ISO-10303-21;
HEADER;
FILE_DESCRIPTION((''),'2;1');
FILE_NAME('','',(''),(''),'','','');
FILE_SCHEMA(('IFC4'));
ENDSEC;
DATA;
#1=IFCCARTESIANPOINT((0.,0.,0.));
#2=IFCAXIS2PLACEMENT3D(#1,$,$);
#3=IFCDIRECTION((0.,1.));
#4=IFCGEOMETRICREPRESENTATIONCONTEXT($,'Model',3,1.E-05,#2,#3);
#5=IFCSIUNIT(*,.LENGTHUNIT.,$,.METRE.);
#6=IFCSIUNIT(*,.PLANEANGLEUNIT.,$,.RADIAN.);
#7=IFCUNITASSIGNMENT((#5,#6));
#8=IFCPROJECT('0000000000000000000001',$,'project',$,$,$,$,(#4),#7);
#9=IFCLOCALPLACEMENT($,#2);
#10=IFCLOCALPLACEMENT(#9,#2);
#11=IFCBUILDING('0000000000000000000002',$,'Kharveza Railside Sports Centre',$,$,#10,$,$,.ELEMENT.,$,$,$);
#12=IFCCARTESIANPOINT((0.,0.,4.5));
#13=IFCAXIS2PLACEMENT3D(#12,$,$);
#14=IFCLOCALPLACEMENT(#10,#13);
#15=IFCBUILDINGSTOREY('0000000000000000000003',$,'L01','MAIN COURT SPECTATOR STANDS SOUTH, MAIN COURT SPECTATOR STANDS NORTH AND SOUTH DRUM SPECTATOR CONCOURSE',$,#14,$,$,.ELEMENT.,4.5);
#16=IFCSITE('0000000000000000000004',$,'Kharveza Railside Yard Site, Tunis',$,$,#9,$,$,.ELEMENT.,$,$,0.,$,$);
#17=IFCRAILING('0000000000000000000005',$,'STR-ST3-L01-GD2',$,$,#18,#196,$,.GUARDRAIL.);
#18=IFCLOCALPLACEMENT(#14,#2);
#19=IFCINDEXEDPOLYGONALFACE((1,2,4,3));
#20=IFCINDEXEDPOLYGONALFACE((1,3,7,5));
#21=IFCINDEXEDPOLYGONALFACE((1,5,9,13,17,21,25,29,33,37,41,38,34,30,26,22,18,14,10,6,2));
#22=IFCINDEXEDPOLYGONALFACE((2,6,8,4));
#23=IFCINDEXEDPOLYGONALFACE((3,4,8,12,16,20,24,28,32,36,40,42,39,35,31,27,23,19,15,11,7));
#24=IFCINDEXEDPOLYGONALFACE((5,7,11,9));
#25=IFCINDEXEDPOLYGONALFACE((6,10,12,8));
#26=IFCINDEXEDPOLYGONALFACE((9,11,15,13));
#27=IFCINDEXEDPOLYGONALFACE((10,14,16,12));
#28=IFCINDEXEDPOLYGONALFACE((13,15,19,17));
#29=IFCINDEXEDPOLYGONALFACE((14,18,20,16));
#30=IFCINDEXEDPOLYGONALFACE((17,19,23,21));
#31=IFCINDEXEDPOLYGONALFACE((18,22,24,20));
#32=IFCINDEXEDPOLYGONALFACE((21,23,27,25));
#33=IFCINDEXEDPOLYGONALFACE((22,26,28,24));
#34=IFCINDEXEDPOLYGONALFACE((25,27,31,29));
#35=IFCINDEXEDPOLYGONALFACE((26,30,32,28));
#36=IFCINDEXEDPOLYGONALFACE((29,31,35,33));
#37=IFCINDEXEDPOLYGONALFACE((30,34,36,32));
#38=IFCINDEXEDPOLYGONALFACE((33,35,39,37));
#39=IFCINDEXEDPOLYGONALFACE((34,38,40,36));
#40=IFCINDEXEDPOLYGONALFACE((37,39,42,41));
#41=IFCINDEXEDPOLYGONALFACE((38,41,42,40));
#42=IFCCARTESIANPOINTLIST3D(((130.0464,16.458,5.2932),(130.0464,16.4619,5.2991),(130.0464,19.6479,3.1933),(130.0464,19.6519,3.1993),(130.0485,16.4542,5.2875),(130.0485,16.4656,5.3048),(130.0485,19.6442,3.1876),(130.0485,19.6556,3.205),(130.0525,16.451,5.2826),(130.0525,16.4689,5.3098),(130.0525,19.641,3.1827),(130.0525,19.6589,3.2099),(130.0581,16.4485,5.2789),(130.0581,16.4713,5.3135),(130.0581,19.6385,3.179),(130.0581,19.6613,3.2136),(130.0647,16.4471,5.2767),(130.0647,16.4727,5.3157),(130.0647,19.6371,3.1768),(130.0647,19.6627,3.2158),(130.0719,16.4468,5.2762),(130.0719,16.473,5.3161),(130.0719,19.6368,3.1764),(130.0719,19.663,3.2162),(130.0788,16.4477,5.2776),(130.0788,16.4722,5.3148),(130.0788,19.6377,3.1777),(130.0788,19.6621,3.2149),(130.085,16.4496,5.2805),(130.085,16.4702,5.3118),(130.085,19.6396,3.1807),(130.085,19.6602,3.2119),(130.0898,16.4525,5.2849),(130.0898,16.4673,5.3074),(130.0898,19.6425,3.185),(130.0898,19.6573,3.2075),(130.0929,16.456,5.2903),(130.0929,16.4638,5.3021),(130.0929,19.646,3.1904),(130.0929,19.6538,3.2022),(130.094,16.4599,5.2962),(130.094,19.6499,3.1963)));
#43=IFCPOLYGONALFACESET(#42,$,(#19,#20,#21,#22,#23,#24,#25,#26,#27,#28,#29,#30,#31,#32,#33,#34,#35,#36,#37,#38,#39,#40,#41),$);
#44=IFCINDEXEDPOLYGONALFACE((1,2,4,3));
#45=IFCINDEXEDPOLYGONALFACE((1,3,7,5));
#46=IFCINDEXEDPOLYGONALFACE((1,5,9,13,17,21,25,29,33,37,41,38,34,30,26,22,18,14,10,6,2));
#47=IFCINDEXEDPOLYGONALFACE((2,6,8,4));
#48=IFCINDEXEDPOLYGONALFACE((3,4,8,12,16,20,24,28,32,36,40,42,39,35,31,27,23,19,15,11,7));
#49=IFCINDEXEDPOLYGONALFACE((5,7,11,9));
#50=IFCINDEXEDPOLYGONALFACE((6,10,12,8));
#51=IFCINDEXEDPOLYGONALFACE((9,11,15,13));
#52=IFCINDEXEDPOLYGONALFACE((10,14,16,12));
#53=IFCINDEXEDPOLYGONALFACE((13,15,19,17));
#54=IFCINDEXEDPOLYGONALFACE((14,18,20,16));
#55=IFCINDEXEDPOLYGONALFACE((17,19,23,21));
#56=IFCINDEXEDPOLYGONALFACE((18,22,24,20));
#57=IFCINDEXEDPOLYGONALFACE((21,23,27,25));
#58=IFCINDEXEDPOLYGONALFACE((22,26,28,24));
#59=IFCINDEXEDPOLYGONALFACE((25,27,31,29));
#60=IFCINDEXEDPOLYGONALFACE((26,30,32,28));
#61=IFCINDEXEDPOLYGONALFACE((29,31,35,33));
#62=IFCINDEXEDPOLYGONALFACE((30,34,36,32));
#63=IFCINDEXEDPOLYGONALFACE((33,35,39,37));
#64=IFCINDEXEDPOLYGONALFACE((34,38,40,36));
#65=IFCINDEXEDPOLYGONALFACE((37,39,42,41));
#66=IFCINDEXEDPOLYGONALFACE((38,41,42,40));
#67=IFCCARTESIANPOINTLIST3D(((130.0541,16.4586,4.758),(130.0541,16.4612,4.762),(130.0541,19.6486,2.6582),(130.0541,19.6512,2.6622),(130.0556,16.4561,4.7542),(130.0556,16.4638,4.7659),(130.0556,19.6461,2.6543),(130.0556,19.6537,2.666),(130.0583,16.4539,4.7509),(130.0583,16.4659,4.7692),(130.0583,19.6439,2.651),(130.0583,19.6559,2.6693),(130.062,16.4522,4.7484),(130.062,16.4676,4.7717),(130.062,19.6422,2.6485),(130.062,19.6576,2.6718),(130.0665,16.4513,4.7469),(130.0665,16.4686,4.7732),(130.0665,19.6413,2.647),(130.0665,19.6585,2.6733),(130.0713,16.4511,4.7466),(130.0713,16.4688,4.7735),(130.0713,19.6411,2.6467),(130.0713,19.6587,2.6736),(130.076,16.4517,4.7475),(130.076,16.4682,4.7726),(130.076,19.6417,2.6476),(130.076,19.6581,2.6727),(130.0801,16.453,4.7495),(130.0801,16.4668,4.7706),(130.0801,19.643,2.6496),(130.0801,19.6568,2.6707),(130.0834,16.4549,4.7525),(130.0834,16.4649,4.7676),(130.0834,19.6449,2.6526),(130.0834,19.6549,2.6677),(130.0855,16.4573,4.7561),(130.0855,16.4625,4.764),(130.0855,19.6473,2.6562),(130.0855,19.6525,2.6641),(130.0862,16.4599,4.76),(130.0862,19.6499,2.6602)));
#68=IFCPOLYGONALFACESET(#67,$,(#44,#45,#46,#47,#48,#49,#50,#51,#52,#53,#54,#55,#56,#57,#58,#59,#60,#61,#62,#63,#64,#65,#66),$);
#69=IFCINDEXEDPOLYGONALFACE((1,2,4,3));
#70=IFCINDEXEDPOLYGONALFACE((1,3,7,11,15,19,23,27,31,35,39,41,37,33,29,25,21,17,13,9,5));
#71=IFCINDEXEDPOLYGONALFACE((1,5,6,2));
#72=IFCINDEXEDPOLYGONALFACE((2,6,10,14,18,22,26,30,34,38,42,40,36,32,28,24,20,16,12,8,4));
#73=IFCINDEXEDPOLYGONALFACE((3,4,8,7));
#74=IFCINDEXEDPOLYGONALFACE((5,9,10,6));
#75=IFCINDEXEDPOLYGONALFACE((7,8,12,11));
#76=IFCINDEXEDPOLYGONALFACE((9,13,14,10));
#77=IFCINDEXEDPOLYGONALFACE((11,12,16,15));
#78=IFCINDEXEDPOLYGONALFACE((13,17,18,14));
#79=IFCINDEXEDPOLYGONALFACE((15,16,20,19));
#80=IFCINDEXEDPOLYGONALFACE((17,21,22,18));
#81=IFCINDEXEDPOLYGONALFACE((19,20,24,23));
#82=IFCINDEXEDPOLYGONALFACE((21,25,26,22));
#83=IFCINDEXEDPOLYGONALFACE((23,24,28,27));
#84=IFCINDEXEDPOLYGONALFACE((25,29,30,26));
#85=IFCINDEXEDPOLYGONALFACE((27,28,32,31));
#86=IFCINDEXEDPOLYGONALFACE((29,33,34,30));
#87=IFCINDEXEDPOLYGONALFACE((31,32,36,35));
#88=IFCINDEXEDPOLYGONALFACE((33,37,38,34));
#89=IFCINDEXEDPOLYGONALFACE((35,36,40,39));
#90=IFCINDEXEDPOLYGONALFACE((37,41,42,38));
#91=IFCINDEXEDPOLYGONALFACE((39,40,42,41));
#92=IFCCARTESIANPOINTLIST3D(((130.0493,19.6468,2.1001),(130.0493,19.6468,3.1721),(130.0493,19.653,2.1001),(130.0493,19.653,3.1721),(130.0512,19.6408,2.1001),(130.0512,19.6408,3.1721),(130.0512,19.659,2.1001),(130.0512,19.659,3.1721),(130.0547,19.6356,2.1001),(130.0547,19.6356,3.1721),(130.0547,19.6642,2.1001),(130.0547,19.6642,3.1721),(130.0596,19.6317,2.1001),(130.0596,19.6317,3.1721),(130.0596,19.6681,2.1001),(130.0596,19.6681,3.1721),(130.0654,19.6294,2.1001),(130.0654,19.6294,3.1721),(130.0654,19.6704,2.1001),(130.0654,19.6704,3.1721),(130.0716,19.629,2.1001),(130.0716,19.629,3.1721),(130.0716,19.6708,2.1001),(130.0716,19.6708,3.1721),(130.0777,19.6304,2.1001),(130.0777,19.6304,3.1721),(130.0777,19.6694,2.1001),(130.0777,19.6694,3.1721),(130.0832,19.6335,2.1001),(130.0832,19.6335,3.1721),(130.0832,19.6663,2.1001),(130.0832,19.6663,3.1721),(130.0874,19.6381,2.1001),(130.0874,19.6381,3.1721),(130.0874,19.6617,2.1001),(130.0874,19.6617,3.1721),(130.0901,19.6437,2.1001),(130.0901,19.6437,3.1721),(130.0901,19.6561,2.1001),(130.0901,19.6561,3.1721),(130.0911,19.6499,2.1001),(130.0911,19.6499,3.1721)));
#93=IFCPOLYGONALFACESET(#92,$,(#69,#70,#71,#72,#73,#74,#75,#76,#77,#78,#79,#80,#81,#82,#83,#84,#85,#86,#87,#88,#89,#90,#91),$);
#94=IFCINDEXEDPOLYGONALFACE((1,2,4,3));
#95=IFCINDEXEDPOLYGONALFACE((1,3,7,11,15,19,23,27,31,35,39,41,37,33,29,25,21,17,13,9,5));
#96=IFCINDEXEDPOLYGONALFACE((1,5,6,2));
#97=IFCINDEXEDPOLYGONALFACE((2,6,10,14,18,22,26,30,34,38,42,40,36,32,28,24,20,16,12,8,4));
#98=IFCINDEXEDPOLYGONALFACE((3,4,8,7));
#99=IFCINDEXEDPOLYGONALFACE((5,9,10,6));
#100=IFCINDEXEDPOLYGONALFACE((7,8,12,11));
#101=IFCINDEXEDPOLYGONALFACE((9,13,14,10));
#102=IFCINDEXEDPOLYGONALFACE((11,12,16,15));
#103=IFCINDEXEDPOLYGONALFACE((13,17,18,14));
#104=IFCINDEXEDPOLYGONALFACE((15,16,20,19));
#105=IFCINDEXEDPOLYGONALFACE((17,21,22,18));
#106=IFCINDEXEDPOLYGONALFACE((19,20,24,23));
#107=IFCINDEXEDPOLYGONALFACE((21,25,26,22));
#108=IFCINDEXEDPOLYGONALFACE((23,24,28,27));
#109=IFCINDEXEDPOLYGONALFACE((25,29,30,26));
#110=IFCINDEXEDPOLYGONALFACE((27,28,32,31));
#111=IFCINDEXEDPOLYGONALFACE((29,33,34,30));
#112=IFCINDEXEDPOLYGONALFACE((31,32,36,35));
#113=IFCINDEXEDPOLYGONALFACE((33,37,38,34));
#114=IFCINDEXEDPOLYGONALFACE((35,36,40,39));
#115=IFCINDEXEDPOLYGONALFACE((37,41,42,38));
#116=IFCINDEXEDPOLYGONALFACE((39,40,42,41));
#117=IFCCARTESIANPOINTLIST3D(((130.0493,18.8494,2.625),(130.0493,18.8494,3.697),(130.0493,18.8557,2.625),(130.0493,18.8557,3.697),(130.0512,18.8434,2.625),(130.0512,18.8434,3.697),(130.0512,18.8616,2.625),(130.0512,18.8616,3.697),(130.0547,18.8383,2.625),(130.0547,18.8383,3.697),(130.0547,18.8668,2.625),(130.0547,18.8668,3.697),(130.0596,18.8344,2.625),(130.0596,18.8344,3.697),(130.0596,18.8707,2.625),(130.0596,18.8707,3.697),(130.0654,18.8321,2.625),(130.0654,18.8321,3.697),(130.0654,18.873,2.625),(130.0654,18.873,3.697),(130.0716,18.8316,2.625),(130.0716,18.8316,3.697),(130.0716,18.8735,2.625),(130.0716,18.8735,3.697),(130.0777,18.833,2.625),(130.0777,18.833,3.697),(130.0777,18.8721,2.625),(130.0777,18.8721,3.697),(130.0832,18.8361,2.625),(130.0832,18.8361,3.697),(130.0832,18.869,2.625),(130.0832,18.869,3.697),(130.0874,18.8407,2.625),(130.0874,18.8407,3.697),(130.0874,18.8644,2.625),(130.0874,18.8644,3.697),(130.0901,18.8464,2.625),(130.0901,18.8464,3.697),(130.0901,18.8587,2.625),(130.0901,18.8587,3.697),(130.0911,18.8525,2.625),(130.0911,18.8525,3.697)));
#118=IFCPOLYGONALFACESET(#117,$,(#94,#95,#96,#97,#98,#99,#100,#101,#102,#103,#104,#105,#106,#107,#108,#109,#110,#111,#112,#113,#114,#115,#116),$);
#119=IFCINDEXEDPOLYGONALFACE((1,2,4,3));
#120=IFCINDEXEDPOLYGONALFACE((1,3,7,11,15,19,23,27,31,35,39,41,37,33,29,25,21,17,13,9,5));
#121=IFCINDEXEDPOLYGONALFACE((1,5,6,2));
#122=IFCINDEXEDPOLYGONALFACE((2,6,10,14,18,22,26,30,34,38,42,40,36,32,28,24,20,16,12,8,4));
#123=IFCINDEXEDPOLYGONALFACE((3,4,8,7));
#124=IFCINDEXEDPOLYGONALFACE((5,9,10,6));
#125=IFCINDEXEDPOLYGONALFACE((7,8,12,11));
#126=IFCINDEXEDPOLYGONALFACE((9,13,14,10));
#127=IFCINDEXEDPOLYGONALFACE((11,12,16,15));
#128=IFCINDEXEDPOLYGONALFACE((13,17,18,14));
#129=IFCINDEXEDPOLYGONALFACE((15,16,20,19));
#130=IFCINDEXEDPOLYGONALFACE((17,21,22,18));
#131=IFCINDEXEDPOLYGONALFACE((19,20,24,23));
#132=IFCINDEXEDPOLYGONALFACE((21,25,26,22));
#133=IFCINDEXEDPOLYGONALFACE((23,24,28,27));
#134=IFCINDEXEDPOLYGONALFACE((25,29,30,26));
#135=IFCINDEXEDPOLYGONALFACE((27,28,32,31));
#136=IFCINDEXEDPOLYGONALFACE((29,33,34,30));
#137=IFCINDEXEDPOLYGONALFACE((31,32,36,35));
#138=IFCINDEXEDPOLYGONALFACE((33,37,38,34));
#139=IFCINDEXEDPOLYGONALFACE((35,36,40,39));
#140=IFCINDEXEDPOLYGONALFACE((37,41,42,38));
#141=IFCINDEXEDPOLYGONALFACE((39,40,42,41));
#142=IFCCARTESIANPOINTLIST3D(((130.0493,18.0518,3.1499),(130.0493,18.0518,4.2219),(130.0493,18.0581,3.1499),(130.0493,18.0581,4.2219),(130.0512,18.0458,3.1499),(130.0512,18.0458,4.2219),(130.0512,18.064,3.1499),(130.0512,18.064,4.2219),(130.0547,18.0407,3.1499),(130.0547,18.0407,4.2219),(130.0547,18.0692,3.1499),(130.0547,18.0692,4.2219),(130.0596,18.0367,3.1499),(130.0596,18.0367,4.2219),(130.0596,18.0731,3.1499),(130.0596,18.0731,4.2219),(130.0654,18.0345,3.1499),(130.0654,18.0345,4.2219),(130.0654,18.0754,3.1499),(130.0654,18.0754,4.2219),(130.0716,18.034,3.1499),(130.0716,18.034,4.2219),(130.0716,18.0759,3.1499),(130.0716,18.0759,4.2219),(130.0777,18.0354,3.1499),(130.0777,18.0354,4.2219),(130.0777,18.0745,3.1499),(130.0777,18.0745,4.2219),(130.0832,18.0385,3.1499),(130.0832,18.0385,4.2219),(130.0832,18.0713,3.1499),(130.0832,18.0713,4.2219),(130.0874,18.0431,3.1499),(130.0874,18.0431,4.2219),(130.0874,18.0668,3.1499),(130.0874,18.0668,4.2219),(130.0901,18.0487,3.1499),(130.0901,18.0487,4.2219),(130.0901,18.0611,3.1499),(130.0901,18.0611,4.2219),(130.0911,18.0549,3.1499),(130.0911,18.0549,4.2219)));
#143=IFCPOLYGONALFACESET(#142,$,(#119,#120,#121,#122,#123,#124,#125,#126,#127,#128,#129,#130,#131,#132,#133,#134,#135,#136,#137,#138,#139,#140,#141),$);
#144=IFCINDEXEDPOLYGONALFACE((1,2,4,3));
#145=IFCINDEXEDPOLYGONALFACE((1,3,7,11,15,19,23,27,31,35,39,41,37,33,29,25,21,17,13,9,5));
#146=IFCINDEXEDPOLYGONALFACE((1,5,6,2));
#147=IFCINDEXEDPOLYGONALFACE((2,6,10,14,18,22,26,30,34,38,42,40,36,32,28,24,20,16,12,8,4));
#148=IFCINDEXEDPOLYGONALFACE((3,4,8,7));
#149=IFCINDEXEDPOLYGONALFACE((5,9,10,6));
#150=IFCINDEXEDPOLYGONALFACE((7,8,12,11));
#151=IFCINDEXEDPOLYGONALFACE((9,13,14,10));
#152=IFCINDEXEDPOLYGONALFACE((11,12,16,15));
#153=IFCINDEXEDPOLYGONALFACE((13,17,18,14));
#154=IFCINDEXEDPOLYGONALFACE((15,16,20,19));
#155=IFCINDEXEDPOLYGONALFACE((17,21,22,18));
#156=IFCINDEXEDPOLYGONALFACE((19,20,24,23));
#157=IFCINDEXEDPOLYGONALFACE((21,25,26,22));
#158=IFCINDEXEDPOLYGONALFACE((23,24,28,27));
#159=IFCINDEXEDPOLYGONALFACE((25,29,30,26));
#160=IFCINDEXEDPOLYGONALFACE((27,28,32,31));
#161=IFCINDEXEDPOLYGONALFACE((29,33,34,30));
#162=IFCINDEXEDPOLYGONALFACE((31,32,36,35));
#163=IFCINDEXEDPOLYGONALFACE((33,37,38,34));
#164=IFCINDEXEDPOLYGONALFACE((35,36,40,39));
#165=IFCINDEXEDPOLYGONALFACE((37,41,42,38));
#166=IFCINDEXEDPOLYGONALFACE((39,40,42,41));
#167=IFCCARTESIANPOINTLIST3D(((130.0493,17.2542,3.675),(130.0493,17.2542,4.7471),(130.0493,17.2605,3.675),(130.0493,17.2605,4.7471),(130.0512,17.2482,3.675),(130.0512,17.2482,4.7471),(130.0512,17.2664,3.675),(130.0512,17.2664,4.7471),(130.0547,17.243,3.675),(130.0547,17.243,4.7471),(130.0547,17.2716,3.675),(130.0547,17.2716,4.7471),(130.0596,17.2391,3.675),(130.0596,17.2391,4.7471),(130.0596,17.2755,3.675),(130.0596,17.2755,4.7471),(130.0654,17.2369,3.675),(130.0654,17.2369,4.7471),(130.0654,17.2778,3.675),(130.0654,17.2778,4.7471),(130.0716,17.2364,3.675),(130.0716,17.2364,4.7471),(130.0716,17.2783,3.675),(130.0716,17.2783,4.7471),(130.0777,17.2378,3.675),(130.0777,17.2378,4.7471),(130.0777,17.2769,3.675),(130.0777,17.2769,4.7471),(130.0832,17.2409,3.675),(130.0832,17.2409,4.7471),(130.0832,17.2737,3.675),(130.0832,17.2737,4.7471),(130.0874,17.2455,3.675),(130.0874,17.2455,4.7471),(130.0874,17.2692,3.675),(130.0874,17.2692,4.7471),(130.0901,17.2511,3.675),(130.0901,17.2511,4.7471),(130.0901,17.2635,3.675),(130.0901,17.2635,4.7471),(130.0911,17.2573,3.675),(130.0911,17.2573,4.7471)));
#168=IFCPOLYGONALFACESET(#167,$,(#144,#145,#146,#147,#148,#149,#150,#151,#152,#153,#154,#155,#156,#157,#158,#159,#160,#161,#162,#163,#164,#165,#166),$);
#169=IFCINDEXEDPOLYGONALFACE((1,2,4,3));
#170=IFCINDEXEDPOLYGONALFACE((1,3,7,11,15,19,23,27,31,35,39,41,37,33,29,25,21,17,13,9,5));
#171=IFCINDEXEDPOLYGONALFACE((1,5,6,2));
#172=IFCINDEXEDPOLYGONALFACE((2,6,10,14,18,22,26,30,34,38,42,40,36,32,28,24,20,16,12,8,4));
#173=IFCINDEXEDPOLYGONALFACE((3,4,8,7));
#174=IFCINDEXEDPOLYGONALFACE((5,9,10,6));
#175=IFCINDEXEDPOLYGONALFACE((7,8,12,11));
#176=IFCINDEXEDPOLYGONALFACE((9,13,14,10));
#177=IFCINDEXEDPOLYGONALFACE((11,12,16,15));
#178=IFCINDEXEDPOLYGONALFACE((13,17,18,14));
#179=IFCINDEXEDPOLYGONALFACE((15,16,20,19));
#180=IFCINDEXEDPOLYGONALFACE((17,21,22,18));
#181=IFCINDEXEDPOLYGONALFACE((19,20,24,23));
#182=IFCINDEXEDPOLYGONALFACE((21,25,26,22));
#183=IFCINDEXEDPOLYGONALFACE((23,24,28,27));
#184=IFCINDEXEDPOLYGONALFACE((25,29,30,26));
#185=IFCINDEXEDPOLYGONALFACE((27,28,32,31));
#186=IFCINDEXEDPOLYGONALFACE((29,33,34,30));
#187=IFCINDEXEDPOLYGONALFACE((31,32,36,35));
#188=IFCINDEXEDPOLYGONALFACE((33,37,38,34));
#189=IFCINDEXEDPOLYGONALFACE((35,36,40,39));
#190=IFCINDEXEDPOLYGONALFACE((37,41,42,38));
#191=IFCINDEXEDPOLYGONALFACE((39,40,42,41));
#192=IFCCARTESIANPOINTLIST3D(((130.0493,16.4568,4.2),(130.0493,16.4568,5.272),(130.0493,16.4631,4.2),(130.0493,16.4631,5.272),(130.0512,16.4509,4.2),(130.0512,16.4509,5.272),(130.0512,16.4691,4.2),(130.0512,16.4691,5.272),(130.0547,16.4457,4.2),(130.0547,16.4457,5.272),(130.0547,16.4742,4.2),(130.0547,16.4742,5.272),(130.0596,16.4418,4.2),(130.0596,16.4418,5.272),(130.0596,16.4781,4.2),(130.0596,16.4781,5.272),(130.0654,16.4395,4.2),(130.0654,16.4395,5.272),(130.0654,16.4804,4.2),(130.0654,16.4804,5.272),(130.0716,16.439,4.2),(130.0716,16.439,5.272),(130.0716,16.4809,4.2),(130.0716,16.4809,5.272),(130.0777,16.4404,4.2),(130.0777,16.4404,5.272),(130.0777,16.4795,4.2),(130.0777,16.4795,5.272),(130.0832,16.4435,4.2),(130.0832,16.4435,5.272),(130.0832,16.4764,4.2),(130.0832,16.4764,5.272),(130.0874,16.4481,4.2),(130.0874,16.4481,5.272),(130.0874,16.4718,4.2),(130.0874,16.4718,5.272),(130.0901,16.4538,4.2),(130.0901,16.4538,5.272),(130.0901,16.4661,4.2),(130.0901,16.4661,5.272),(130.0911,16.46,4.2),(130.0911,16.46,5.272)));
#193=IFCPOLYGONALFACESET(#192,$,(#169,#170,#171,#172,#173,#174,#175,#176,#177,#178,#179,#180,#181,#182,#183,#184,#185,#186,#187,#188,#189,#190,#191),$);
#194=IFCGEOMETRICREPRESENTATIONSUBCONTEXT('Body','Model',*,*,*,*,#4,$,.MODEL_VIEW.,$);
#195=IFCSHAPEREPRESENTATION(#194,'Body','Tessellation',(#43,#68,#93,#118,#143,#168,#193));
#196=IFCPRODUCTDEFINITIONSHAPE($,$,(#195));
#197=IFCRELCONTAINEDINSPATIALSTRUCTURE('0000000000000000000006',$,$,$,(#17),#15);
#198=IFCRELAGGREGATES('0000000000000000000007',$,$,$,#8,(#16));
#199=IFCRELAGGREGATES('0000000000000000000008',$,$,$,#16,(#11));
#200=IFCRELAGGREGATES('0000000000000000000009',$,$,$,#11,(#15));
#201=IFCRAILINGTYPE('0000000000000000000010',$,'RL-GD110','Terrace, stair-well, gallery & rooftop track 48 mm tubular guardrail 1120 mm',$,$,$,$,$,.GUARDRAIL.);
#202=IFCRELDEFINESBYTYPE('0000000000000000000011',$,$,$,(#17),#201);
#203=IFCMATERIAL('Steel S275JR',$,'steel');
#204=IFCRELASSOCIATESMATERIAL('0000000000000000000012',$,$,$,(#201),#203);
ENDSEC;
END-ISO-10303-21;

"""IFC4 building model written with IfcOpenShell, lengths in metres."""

from ifc_helpers import new_model, si_unit, direction, frame, origin, origin_2d, place, context, subcontext, project, spatial, circle, extrude, material, type_object, element, save


model = new_model("IFC4")

# Units and contexts
model_context = context("Model", 3, precision=1e-05, world=origin(), true_north=direction((0.0, 1.0)))
body_context = subcontext(model_context, "Body", "Model", "MODEL_VIEW")
ifc_project = project(units=[si_unit("LENGTHUNIT", "METRE"), si_unit("PLANEANGLEUNIT", "RADIAN")], contexts=[model_context])

# Site, building, storey
site_placement = place(None, origin())
site = spatial("IfcSite", under=ifc_project, at=site_placement, Name="Kharveza Railside Yard Site, Tunis", CompositionType="ELEMENT", RefElevation=0.0)
building_placement = place(site_placement, origin())
building = spatial("IfcBuilding", under=site, at=building_placement, Name="Kharveza Railside Sports Centre", CompositionType="ELEMENT")
storey_placement = place(building_placement, frame((0.0, 0.0, 4.5)))
storey = spatial("IfcBuildingStorey", under=building, at=storey_placement, Name="L01", Description="MAIN COURT SPECTATOR STANDS SOUTH, MAIN COURT SPECTATOR STANDS NORTH AND SOUTH DRUM SPECTATOR CONCOURSE", CompositionType="ELEMENT", Elevation=4.5)

# Railing
ifc_material_1 = material(Name="Steel S275JR", Category="steel")
railing_type = type_object("IfcRailingType", Name="RL-GD110", Description="Terrace, stair-well, gallery & rooftop track 48 mm tubular guardrail 1120 mm", PredefinedType="GUARDRAIL", material=ifc_material_1)
railing_placement = place(storey_placement, frame((130.0701, 19.6499, 2.1001)))
element("IfcRailing", 1, at=railing_placement, inside=storey, type_object=railing_type, Name="STR-ST3-L01-GD2", PredefinedType="GUARDRAIL", context=body_context, shape_type="SweptSolid", body=[
    extrude(circle(Radius=0.0239, at=origin_2d()), frame((0.0, 0.0, 1.0962), z_axis=(0.0, -0.835272, 0.549837), x_axis=(1.0, 0.0, 0.0)), (0.0, 0.0, 1.0), 3.8191),
    extrude(circle(Radius=0.0161, at=origin_2d()), frame((0.0, 0.0, 0.5601), z_axis=(0.0, -0.835272, 0.549837), x_axis=(1.0, 0.0, 0.0)), (0.0, 0.0, 1.0), 3.8191),
    extrude(circle(Radius=0.021, at=origin_2d()), origin(), (0.0, 0.0, 1.0), 1.072),
    extrude(circle(Radius=0.021, at=origin_2d()), frame((0.0, -0.7974, 0.5249)), (0.0, 0.0, 1.0), 1.072),
    extrude(circle(Radius=0.021, at=origin_2d()), frame((0.0, -1.595, 1.0498)), (0.0, 0.0, 1.0), 1.072),
    extrude(circle(Radius=0.021, at=origin_2d()), frame((0.0, -2.3926, 1.575)), (0.0, 0.0, 1.0), 1.072),
    extrude(circle(Radius=0.021, at=origin_2d()), frame((0.0, -3.1899, 2.0999)), (0.0, 0.0, 1.0), 1.072),
])

save(model, "model.ifc")
